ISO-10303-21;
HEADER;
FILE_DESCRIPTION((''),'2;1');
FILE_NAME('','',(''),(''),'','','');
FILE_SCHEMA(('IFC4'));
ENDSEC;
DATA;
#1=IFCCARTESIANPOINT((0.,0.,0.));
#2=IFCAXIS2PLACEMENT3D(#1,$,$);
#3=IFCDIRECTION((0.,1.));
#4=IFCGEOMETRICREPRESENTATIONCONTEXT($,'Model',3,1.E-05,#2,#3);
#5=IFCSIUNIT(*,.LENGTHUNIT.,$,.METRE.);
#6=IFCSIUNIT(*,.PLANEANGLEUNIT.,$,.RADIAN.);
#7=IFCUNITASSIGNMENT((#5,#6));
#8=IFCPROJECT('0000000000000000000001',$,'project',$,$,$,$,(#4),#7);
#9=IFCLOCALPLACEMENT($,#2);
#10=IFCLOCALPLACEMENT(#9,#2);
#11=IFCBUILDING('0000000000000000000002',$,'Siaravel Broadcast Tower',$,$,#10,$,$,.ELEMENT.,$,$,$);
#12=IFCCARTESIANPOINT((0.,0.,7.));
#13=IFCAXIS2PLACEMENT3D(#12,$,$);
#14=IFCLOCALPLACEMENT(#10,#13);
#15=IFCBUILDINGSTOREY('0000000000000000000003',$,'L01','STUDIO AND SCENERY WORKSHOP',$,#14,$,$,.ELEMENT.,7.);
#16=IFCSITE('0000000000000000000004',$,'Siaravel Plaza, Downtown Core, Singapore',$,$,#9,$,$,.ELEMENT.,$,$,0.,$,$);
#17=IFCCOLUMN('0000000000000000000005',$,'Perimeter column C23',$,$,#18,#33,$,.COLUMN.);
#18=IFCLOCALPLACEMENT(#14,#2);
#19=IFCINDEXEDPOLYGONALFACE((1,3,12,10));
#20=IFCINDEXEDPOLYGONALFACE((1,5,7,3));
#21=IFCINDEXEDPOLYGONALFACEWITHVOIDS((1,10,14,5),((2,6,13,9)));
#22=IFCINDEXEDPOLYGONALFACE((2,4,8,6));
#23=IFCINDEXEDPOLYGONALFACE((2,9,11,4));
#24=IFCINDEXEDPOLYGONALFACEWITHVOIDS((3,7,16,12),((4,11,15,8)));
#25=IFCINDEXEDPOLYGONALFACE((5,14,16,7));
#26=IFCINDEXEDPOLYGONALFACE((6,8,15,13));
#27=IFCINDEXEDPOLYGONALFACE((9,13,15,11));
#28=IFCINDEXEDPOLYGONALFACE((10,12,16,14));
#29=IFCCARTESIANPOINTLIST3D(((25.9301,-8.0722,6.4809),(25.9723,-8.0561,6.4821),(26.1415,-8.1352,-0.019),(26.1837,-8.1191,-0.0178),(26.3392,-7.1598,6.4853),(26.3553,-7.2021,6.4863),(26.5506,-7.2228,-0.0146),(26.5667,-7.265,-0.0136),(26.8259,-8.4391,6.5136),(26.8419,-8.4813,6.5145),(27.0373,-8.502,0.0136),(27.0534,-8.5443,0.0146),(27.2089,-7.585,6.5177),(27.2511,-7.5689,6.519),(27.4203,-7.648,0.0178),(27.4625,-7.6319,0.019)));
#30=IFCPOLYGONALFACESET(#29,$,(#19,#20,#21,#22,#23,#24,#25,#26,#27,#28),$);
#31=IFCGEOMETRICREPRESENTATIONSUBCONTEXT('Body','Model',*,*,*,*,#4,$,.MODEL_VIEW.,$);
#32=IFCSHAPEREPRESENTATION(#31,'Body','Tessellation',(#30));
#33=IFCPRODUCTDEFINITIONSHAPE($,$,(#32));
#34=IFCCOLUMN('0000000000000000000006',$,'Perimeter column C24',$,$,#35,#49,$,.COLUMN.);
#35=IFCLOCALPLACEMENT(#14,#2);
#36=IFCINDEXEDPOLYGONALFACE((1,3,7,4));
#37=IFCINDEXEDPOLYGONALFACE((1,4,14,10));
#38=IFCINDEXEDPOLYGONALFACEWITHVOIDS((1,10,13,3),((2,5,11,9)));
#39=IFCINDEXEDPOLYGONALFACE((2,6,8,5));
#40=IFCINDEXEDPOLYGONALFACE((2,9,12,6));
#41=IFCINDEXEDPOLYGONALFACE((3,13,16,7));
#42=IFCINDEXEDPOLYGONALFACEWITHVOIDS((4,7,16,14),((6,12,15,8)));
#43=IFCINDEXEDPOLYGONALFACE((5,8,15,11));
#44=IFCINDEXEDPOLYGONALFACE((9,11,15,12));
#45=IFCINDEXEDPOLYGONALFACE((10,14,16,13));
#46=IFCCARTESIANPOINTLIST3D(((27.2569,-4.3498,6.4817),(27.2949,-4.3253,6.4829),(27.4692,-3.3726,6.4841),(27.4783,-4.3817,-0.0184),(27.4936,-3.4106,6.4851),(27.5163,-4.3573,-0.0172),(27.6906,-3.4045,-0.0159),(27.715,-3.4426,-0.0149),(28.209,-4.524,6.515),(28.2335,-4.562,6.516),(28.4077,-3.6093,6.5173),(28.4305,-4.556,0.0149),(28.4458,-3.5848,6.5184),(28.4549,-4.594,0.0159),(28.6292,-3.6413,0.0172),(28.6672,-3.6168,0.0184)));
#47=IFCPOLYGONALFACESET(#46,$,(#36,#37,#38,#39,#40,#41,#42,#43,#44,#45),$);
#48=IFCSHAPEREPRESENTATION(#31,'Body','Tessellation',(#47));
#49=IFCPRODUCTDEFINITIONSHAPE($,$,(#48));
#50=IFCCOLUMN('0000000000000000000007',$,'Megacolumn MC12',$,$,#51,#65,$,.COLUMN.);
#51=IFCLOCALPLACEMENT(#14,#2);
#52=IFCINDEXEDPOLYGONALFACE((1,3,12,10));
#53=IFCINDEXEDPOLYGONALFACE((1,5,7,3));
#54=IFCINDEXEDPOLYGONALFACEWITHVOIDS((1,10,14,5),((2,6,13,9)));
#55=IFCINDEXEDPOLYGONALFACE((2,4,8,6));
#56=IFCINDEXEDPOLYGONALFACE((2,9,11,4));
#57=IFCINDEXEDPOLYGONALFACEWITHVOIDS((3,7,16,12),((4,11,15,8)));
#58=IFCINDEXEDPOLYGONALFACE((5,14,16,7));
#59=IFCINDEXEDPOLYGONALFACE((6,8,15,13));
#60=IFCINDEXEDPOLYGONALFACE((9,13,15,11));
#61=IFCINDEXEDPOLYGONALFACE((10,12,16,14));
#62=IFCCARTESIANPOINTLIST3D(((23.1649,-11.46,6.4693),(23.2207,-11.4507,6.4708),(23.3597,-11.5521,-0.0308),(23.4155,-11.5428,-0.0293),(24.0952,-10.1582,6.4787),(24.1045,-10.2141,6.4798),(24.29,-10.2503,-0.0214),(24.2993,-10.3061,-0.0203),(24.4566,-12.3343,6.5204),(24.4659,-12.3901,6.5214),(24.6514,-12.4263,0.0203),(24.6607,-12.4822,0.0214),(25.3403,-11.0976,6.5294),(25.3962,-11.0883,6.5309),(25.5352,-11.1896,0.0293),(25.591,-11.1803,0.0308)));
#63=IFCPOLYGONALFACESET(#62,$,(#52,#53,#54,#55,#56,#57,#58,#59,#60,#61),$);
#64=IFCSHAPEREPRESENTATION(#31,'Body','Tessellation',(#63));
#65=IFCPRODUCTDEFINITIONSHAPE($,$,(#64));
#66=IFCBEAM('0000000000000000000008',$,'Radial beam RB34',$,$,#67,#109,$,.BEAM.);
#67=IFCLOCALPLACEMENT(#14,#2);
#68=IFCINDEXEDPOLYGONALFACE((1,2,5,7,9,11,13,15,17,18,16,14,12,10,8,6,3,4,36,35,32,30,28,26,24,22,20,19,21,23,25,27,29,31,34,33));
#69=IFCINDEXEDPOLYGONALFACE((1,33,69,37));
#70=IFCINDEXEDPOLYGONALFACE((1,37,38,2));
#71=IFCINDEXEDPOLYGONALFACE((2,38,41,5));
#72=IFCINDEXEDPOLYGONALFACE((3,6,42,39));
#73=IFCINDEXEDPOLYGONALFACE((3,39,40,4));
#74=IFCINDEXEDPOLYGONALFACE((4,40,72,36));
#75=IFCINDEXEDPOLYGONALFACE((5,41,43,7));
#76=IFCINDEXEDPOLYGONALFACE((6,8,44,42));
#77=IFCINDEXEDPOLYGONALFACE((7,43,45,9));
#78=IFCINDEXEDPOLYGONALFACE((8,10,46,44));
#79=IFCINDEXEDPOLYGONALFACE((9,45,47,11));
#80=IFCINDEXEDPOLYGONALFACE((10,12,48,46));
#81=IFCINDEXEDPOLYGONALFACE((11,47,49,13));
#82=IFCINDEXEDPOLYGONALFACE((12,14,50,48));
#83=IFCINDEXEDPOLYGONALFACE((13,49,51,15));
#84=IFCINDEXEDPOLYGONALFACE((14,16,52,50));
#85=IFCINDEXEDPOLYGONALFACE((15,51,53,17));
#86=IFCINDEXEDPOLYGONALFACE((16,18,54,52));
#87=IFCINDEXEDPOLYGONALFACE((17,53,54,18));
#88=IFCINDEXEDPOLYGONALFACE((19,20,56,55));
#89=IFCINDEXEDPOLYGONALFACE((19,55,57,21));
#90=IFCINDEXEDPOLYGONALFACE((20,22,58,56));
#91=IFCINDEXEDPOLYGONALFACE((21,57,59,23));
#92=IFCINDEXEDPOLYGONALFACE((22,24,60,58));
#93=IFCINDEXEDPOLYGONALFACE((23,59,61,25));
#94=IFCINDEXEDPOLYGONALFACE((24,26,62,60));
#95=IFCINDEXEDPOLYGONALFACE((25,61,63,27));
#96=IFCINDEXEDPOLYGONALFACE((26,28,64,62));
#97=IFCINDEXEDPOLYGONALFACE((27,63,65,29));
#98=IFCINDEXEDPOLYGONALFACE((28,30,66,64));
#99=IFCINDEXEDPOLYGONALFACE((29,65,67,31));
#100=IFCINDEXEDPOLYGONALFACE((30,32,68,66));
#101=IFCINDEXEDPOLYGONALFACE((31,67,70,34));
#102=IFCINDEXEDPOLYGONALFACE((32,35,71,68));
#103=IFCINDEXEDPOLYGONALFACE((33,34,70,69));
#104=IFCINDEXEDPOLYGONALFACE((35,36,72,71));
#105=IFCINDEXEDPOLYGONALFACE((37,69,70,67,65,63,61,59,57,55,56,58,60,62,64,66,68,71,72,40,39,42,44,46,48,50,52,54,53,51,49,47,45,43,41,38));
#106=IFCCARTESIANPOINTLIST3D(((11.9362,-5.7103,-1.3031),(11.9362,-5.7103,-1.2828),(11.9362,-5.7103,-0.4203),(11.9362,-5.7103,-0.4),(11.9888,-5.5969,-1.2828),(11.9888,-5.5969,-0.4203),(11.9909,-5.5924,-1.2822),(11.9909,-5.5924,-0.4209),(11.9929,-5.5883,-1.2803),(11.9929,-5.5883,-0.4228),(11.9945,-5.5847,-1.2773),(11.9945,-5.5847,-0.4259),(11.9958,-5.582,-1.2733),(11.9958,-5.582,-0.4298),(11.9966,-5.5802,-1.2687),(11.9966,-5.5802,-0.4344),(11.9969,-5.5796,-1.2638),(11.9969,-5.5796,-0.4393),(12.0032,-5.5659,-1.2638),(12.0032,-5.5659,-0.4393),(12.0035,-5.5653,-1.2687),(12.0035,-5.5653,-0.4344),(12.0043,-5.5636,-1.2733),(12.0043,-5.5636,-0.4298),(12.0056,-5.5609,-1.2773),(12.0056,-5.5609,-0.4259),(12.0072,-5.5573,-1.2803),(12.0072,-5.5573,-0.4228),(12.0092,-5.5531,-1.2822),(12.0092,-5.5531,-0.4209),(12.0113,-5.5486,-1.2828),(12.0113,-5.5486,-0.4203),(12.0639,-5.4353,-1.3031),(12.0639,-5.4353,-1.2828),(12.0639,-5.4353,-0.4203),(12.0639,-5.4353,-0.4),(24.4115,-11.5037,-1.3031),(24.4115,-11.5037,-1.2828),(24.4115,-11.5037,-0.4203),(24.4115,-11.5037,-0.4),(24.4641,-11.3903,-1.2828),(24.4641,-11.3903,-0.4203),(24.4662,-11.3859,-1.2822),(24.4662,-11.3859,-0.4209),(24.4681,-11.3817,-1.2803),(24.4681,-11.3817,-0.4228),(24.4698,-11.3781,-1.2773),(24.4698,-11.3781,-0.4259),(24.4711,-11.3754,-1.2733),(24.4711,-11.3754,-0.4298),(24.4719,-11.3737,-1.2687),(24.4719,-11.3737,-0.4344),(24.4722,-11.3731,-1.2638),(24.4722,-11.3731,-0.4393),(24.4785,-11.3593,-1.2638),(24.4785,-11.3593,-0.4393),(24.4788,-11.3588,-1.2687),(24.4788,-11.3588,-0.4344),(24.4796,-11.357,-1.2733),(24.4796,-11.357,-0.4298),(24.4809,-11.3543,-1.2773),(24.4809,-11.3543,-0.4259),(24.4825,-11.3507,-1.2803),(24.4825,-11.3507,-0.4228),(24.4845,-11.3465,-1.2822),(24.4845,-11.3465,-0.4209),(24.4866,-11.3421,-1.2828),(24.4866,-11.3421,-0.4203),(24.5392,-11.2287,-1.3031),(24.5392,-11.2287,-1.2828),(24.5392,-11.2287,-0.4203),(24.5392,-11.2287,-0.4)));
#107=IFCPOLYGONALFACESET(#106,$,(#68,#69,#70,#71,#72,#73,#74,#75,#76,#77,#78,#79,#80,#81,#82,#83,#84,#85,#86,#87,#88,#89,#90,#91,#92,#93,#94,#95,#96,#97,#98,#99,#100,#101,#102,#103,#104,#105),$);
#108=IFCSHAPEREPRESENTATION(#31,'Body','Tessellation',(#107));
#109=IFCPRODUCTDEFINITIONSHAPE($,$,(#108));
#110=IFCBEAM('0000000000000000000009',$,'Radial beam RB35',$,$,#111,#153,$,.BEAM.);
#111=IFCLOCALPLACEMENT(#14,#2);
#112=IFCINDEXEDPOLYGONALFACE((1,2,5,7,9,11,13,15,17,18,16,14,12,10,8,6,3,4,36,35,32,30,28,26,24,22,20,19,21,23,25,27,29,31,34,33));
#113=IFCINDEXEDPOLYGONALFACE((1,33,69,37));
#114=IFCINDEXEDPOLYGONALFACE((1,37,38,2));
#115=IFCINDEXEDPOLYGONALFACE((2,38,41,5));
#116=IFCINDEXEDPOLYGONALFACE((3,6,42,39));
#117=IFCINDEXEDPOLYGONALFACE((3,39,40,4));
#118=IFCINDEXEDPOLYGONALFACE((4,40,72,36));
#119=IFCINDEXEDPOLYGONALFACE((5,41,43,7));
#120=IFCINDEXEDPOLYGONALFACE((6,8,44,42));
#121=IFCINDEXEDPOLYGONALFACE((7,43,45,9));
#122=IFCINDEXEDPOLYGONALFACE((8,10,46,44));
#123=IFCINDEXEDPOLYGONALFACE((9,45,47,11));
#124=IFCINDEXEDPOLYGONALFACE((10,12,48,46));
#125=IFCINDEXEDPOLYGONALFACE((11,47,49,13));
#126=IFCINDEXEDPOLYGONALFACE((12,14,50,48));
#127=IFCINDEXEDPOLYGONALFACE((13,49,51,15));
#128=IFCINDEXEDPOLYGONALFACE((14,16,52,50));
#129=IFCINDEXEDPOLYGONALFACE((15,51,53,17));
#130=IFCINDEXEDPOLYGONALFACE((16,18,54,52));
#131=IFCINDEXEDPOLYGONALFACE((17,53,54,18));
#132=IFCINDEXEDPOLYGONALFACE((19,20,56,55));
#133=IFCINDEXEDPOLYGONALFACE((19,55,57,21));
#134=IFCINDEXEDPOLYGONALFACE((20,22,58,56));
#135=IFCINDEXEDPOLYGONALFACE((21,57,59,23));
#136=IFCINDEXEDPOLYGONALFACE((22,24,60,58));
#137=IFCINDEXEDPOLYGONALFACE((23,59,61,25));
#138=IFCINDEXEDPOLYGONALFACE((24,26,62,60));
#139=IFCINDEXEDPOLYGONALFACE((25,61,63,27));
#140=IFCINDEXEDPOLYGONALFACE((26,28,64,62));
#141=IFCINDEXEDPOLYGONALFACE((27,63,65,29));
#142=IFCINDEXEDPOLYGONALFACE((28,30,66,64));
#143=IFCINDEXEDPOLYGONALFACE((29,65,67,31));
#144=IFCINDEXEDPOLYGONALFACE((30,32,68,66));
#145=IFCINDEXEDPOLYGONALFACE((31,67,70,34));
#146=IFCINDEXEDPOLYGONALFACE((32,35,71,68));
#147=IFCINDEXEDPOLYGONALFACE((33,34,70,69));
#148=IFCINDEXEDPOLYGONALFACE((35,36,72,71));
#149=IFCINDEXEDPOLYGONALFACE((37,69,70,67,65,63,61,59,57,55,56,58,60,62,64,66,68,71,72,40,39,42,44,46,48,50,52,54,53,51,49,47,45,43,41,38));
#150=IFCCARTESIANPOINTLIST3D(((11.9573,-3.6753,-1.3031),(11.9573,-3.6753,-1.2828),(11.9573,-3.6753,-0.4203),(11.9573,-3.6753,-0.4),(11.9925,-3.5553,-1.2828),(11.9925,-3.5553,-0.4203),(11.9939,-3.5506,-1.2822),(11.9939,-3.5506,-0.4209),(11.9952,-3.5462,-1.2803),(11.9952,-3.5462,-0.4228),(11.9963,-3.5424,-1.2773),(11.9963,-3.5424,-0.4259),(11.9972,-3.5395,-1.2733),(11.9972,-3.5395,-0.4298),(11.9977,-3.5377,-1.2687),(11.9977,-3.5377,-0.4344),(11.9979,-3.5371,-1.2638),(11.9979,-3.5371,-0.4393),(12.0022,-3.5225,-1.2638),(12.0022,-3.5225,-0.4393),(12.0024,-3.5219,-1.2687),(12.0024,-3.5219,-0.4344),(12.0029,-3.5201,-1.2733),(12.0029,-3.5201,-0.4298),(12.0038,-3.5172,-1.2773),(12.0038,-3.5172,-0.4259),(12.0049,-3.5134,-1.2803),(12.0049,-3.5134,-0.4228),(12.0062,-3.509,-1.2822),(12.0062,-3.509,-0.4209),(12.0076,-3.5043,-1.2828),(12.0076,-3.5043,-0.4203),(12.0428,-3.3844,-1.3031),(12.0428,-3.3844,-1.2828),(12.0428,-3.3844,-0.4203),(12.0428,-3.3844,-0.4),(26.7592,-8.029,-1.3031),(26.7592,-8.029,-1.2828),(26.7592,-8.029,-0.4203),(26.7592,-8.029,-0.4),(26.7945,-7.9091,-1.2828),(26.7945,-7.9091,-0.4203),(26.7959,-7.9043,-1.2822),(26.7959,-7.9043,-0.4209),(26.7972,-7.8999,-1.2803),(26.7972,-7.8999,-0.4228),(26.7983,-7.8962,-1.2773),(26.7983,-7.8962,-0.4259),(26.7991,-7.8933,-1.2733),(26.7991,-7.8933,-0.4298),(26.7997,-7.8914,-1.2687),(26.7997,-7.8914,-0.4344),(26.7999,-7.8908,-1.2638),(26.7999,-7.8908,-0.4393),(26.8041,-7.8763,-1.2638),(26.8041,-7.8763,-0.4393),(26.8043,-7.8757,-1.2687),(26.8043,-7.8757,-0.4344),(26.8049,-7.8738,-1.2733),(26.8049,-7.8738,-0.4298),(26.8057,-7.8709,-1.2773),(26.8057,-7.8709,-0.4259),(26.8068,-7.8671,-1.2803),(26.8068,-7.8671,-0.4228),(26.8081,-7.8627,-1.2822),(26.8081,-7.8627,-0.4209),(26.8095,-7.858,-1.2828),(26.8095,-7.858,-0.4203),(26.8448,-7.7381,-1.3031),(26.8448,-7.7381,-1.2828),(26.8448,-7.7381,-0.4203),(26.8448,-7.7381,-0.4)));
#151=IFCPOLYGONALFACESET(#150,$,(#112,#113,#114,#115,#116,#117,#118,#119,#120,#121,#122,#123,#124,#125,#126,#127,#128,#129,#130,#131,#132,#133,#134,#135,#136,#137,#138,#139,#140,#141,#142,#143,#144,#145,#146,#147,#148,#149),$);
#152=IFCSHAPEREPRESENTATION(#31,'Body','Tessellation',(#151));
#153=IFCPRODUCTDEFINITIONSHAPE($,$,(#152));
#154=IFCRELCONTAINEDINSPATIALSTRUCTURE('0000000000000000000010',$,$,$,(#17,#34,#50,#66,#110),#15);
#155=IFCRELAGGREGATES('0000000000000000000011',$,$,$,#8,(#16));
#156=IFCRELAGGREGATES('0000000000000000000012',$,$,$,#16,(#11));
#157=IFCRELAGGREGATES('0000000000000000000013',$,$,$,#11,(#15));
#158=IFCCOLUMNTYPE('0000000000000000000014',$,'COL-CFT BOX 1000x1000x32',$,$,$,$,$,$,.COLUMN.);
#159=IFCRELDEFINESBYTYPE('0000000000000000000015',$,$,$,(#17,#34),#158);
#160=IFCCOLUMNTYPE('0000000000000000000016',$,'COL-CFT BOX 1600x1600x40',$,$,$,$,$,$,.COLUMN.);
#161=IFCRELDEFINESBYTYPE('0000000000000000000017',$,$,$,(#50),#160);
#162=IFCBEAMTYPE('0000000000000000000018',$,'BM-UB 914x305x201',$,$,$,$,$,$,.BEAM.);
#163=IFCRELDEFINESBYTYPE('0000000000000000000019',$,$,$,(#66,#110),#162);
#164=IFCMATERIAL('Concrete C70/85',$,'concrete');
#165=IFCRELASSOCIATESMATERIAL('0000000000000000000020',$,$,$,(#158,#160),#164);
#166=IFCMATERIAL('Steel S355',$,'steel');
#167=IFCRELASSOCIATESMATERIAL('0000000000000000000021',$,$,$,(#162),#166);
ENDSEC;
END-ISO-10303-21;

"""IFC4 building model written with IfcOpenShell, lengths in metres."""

from ifc_helpers import new_model, si_unit, direction, frame, origin, origin_2d, place, context, subcontext, project, spatial, hollow_rectangle, i_section, extrude, material, material_profile, profile_set, type_object, element, save


model = new_model("IFC4")

# Units and contexts
model_context = context("Model", 3, precision=1e-05, world=origin(), true_north=direction((0.0, 1.0)))
body_context = subcontext(model_context, "Body", "Model", "MODEL_VIEW")
ifc_project = project(units=[si_unit("LENGTHUNIT", "METRE"), si_unit("PLANEANGLEUNIT", "RADIAN")], contexts=[model_context])

# Site, building, storey
site_placement = place(None, origin())
site = spatial("IfcSite", under=ifc_project, at=site_placement, Name="Siaravel Plaza, Downtown Core, Singapore", CompositionType="ELEMENT", RefElevation=0.0)
building_placement = place(site_placement, origin())
building = spatial("IfcBuilding", under=site, at=building_placement, Name="Siaravel Broadcast Tower", CompositionType="ELEMENT")
storey_placement = place(building_placement, frame((0.0, 0.0, 7.0)))
storey = spatial("IfcBuildingStorey", under=building, at=storey_placement, Name="L01", Description="STUDIO AND SCENERY WORKSHOP", CompositionType="ELEMENT", Elevation=7.0)

# Columns
ifc_material_1 = material(Name="Concrete C70/85", Category="concrete")
ifc_material_profile_1 = material_profile(ifc_material_1, hollow_rectangle(XDim=1.0, YDim=1.0, WallThickness=0.032, at=origin_2d()))
ifc_profile_set_1 = profile_set([ifc_material_profile_1], Name="Concrete C70/85")
column_type_1 = type_object("IfcColumnType", Name="COL-CFT BOX 1000x1000x32", PredefinedType="COLUMN", material=ifc_profile_set_1)
column_1_placement = place(storey_placement, frame((26.802, -7.8835, 0.0), z_axis=(-0.032508, 0.009685, 0.999425), x_axis=(-0.409165, -0.91245, -0.004467)))
element("IfcColumn", 1, at=column_1_placement, inside=storey, type_object=column_type_1, Name="Perimeter column C23", PredefinedType="COLUMN", context=body_context, shape_type="SweptSolid", body=[
    extrude(hollow_rectangle(XDim=1.0, YDim=1.0, WallThickness=0.032, at=origin_2d()), origin(), (0.0, 0.0, 1.0), 6.5037),
])
column_2_placement = place(storey_placement, frame((28.0728, -3.9993, 0.0), z_axis=(-0.034047, 0.004917, 0.999408), x_axis=(-0.212299, -0.977202, -0.002424)))
element("IfcColumn", 2, at=column_2_placement, inside=storey, type_object=column_type_1, Name="Perimeter column C24", PredefinedType="COLUMN", context=body_context, shape_type="SweptSolid", body=[
    extrude(hollow_rectangle(XDim=1.0, YDim=1.0, WallThickness=0.032, at=origin_2d()), origin(), (0.0, 0.0, 1.0), 6.5039),
])
ifc_material_profile_2 = material_profile(ifc_material_1, hollow_rectangle(XDim=1.6001, YDim=1.6001, WallThickness=0.04, at=origin_2d()))
ifc_profile_set_2 = profile_set([ifc_material_profile_2], Name="Concrete C70/85")
column_type_2 = type_object("IfcColumnType", Name="COL-CFT BOX 1600x1600x40", PredefinedType="COLUMN", material=ifc_profile_set_2)
column_3_placement = place(storey_placement, frame((24.4753, -11.3662, 0.0), z_axis=(-0.029957, 0.014152, 0.999451), x_axis=(-0.581403, -0.813594, -0.005906)))
element("IfcColumn", 3, at=column_3_placement, inside=storey, type_object=column_type_2, Name="Megacolumn MC12", PredefinedType="COLUMN", context=body_context, shape_type="SweptSolid", body=[
    extrude(hollow_rectangle(XDim=1.6001, YDim=1.6001, WallThickness=0.04, at=origin_2d()), origin(), (0.0, 0.0, 1.0), 6.5037),
])

# Beams
ifc_material_2 = material(Name="Steel S355", Category="steel")
ifc_material_profile_3 = material_profile(ifc_material_2, i_section(OverallWidth=0.3032, OverallDepth=0.9031, WebThickness=0.0151, FlangeThickness=0.0203, FilletRadius=0.019, at=origin_2d()))
ifc_profile_set_3 = profile_set([ifc_material_profile_3], Name="Steel S355")
beam_type = type_object("IfcBeamType", Name="BM-UB 914x305x201", PredefinedType="BEAM", material=ifc_profile_set_3)
beam_1_placement = place(storey_placement, frame((24.4753, -11.3662, -0.8516), z_axis=(-0.906972, 0.421191, 0.0), x_axis=(-0.421191, -0.906972, 0.0)))
element("IfcBeam", 4, at=beam_1_placement, inside=storey, type_object=beam_type, Name="Radial beam RB34", PredefinedType="BEAM", context=body_context, shape_type="SweptSolid", body=[
    extrude(i_section(OverallWidth=0.3032, OverallDepth=0.9031, WebThickness=0.0151, FlangeThickness=0.0203, FilletRadius=0.019, at=origin_2d()), origin(), (0.0, 0.0, 1.0), 13.7549),
])
beam_2_placement = place(storey_placement, frame((26.802, -7.8835, -0.8516), z_axis=(-0.959361, 0.28218, 0.0), x_axis=(-0.28218, -0.959361, 0.0)))
element("IfcBeam", 5, at=beam_2_placement, inside=storey, type_object=beam_type, Name="Radial beam RB35", PredefinedType="BEAM", context=body_context, shape_type="SweptSolid", body=[
    extrude(i_section(OverallWidth=0.3032, OverallDepth=0.9031, WebThickness=0.0151, FlangeThickness=0.0203, FilletRadius=0.019, at=origin_2d()), origin(), (0.0, 0.0, 1.0), 15.429),
])

save(model, "model.ifc")
